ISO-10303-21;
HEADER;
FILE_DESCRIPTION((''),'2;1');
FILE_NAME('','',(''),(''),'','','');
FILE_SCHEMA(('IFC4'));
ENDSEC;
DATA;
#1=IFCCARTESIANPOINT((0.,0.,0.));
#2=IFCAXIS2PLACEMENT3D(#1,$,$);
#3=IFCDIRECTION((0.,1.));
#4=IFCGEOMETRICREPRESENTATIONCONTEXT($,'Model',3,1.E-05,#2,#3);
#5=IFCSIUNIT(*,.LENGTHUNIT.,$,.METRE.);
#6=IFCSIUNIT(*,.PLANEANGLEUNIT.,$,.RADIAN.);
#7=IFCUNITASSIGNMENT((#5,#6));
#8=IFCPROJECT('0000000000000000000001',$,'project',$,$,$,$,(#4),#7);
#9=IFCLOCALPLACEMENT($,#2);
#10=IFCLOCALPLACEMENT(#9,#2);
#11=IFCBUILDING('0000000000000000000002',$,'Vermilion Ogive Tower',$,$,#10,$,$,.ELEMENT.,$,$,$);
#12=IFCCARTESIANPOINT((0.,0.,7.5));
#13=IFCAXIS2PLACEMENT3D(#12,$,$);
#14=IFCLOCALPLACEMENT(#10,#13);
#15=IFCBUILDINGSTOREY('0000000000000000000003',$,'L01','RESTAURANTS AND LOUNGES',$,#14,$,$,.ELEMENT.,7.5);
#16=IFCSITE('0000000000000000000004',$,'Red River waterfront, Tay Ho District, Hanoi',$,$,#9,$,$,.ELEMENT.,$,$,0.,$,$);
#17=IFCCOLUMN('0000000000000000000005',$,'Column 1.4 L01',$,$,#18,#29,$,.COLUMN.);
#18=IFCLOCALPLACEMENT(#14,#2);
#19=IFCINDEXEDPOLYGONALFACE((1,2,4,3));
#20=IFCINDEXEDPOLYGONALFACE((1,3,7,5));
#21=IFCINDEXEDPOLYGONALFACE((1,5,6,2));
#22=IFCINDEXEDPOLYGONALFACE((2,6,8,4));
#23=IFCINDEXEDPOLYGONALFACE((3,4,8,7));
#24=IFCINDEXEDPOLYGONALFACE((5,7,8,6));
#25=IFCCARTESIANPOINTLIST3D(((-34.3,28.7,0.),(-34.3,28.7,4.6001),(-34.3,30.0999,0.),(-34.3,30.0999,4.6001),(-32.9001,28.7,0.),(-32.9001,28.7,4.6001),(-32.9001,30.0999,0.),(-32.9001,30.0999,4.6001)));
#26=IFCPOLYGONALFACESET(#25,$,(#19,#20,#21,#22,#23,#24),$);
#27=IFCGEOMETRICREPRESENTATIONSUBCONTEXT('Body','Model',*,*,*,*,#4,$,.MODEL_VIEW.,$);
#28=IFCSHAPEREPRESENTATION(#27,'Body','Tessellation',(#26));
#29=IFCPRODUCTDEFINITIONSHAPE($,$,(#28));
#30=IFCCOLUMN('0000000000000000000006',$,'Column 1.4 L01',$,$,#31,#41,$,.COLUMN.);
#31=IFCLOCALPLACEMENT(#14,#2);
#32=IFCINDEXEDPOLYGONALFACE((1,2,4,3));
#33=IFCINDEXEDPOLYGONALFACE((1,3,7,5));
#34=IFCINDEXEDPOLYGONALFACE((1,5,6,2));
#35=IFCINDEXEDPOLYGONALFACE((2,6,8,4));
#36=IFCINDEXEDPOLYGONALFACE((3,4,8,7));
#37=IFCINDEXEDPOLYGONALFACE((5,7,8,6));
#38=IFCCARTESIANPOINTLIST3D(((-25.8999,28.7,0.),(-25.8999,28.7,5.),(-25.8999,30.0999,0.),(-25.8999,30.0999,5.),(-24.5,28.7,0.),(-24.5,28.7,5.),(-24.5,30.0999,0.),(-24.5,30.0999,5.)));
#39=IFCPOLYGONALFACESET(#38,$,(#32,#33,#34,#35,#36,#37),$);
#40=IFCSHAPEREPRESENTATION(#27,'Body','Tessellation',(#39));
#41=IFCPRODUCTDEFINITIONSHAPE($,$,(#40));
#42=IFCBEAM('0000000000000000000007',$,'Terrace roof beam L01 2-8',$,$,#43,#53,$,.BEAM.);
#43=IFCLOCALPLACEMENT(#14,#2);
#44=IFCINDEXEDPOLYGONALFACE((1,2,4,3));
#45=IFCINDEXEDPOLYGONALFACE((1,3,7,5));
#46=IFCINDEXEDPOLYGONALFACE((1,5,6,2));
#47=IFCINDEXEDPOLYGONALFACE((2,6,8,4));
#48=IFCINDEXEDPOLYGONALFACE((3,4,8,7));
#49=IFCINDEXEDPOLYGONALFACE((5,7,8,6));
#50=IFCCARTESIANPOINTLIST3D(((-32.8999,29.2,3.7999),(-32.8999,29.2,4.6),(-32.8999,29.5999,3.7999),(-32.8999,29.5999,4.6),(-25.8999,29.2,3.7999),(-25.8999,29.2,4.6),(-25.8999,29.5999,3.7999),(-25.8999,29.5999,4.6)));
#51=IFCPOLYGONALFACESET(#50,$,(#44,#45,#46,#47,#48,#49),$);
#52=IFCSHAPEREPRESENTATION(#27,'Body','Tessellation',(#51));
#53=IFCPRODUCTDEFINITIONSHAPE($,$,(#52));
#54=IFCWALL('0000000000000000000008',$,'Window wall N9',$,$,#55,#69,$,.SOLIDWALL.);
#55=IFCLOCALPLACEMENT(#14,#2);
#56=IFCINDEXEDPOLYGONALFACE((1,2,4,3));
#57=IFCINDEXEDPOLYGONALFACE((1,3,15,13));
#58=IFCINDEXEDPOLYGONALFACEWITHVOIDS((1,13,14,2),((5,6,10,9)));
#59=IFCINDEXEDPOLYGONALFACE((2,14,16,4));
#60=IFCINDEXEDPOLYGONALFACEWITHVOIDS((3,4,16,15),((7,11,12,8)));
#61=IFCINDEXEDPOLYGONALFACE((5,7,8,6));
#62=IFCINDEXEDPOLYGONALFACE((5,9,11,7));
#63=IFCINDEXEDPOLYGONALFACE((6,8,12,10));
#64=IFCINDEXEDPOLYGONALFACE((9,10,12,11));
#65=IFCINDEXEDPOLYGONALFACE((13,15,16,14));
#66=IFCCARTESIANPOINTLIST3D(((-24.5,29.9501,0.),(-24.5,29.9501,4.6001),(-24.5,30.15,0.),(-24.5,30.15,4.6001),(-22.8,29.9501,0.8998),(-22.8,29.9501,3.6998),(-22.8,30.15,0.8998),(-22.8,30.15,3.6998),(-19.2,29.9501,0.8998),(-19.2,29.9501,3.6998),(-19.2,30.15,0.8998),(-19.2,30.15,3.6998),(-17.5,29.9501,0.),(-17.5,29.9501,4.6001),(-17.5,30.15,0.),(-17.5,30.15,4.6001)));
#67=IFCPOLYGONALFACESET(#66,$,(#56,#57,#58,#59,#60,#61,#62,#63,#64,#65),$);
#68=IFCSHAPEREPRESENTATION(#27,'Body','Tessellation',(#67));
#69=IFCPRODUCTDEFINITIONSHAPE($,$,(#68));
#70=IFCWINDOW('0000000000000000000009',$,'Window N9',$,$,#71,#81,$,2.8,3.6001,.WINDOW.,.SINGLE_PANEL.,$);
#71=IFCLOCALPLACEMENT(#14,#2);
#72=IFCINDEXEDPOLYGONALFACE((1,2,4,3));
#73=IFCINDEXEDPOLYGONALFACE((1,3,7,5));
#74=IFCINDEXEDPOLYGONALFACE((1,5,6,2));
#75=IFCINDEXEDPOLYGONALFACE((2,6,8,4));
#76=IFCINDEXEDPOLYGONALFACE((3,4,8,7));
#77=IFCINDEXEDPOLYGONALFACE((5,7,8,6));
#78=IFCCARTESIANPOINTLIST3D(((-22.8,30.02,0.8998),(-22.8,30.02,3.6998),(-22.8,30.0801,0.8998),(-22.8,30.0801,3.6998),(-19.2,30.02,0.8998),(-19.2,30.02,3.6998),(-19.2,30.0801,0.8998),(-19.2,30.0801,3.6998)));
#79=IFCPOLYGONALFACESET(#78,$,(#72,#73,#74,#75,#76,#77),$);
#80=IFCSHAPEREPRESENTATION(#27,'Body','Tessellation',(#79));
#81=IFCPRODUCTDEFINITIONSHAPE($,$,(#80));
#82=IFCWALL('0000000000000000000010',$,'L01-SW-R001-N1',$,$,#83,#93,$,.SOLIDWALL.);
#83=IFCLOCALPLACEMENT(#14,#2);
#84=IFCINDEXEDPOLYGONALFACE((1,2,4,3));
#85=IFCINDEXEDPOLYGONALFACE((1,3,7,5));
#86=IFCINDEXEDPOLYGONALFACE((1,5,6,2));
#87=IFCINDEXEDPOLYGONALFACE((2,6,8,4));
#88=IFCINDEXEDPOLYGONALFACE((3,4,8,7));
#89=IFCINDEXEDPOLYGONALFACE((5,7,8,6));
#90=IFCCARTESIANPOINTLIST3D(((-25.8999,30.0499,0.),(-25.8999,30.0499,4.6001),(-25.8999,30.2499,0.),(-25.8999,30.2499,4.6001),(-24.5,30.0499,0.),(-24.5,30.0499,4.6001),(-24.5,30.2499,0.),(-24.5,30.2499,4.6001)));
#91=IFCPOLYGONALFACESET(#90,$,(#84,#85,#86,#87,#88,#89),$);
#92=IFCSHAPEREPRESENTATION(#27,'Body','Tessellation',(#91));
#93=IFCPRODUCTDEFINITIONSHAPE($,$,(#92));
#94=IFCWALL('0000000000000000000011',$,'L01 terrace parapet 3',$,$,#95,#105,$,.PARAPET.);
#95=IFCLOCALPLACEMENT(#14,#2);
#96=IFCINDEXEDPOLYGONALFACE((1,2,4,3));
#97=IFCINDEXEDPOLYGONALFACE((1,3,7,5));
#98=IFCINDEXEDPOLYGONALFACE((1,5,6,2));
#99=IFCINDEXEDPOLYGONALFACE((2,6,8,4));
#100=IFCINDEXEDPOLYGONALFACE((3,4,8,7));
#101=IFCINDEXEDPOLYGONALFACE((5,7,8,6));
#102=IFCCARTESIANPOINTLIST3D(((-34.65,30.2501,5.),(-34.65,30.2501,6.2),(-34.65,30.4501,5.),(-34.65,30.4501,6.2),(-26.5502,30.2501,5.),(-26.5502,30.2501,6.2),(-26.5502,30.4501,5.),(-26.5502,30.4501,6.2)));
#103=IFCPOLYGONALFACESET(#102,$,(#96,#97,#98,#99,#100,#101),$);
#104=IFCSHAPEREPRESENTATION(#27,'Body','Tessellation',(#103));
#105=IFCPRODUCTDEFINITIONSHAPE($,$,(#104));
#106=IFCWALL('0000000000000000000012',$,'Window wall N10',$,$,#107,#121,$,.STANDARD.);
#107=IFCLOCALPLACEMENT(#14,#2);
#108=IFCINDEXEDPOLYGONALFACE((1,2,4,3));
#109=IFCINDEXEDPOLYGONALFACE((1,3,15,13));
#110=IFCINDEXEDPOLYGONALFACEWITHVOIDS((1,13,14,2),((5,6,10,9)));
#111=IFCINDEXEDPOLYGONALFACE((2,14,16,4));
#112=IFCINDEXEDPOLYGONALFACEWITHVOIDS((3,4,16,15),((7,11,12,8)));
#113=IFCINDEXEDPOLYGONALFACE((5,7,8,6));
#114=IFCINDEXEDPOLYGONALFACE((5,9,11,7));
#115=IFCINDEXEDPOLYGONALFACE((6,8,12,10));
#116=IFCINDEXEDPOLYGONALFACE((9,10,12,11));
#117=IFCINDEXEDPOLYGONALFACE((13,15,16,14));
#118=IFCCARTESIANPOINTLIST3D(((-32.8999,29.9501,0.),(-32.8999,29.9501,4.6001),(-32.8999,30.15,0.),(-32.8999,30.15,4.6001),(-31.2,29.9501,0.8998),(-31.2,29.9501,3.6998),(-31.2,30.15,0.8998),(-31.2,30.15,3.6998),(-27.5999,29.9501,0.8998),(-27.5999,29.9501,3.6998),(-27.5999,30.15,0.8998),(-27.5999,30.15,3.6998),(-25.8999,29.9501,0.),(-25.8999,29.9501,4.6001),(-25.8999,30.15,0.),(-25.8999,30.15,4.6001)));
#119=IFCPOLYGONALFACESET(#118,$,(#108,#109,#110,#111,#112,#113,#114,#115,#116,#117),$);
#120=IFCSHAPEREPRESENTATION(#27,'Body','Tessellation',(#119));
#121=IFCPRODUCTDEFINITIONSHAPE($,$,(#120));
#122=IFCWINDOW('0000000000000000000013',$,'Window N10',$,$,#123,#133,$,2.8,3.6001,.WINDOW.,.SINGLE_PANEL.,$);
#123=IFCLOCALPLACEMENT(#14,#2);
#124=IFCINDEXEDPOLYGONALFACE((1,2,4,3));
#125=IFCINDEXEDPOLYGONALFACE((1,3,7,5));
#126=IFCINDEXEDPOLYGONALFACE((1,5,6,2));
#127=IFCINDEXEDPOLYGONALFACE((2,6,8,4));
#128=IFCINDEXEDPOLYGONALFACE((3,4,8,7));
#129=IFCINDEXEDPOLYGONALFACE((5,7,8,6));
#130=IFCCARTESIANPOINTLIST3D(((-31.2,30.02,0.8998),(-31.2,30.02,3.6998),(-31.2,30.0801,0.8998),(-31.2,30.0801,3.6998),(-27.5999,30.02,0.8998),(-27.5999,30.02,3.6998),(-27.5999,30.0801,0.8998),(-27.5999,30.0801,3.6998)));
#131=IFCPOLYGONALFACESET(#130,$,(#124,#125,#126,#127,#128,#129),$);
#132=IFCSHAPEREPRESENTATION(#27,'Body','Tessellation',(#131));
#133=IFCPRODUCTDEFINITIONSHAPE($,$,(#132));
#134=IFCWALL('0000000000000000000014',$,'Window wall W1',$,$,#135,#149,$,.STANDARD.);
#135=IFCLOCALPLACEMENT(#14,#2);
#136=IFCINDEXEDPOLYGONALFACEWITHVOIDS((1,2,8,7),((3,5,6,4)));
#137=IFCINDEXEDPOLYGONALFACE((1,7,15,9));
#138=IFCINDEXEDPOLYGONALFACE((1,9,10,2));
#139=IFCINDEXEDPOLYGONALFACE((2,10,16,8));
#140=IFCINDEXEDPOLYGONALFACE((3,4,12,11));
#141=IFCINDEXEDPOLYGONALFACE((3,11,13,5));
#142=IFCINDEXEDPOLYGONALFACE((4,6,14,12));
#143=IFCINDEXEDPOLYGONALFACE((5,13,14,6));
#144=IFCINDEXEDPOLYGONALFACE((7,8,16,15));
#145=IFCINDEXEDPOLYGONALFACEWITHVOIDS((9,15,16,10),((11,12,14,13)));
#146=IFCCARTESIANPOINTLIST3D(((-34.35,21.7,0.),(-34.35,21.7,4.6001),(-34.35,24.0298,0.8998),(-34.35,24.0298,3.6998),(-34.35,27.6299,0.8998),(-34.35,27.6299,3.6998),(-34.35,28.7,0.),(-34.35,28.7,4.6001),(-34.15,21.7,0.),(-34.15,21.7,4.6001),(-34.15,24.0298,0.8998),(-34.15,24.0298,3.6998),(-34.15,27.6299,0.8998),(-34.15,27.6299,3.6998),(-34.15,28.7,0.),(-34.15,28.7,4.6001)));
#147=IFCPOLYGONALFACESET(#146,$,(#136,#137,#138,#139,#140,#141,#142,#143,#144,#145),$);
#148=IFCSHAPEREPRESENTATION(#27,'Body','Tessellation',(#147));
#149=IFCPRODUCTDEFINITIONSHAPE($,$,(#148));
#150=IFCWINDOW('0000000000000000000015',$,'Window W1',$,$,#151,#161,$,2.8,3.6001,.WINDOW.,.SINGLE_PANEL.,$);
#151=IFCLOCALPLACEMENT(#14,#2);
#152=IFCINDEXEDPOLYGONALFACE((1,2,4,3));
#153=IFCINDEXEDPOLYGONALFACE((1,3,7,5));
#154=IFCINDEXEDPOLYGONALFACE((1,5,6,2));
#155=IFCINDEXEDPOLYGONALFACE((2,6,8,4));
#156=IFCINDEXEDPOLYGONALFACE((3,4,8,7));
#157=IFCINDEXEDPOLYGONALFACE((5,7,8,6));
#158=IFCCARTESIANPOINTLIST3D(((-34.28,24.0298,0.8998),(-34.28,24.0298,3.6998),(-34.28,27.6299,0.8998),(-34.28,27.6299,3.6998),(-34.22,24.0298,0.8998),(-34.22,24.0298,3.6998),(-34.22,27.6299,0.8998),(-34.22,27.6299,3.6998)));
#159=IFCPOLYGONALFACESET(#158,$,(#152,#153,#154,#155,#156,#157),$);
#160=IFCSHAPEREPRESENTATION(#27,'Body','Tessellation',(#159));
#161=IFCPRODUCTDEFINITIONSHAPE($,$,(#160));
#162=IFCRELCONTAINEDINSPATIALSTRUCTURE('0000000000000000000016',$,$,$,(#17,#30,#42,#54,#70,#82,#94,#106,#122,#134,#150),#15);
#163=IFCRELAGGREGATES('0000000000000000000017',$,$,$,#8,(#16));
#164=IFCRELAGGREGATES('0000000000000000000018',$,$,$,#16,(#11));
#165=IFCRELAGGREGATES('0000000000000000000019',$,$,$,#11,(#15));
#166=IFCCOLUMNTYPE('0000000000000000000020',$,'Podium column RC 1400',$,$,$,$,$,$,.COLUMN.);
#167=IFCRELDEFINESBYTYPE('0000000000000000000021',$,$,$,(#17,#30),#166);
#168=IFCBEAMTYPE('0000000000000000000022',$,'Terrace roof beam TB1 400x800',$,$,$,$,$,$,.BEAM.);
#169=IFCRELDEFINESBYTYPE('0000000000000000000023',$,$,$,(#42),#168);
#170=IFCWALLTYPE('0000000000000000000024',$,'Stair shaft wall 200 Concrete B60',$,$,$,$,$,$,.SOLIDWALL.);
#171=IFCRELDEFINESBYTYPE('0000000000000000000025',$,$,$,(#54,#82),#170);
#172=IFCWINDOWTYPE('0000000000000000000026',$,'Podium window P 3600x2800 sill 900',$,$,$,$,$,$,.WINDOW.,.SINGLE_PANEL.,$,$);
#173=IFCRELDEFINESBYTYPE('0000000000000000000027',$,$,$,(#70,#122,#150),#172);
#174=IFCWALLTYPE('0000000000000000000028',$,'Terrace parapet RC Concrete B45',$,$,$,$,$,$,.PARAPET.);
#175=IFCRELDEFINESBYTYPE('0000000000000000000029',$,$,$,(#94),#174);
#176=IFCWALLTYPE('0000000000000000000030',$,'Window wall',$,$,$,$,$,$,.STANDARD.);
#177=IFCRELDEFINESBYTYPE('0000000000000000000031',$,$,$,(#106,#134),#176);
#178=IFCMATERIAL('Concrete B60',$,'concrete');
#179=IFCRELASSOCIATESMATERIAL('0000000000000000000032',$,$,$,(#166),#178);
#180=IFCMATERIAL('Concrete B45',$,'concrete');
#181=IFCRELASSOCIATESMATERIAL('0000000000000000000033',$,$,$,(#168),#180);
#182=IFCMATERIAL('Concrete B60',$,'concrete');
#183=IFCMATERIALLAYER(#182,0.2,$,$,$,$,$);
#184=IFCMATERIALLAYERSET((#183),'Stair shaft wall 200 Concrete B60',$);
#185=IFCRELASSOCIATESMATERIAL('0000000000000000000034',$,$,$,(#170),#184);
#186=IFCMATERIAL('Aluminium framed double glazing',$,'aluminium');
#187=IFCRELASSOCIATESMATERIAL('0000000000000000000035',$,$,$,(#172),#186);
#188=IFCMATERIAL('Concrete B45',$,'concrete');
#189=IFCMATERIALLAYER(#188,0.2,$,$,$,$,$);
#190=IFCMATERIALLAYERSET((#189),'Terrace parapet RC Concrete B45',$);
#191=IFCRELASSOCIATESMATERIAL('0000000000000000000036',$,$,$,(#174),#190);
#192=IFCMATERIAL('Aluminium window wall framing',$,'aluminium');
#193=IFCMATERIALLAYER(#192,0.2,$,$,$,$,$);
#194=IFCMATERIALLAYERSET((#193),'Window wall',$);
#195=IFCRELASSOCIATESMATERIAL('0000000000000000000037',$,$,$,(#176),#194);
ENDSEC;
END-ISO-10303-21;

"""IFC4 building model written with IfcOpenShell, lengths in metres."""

from ifc_helpers import new_model, si_unit, direction, frame, frame_2d, origin, origin_2d, place, context, subcontext, project, spatial, rectangle, extrude, material, layer, layer_set, material_profile, profile_set, type_object, element, fill, save


model = new_model("IFC4")

# Units and contexts
model_context = context("Model", 3, precision=1e-05, world=origin(), true_north=direction((0.0, 1.0)))
body_context = subcontext(model_context, "Body", "Model", "MODEL_VIEW")
ifc_project = project(units=[si_unit("LENGTHUNIT", "METRE"), si_unit("PLANEANGLEUNIT", "RADIAN")], contexts=[model_context])

# Site, building, storey
site_placement = place(None, origin())
site = spatial("IfcSite", under=ifc_project, at=site_placement, Name="Red River waterfront, Tay Ho District, Hanoi", CompositionType="ELEMENT", RefElevation=0.0)
building_placement = place(site_placement, origin())
building = spatial("IfcBuilding", under=site, at=building_placement, Name="Vermilion Ogive Tower", CompositionType="ELEMENT")
storey_placement = place(building_placement, frame((0.0, 0.0, 7.5)))
storey = spatial("IfcBuildingStorey", under=building, at=storey_placement, Name="L01", Description="RESTAURANTS AND LOUNGES", CompositionType="ELEMENT", Elevation=7.5)

# Columns
ifc_material_1 = material(Name="Concrete B60", Category="concrete")
ifc_material_profile_1 = material_profile(ifc_material_1, rectangle(XDim=1.3999, YDim=1.3999, at=origin_2d()), Name="RC 1400x1400")
ifc_profile_set_1 = profile_set([ifc_material_profile_1], Name="Concrete B60")
column_type = type_object("IfcColumnType", Name="Podium column RC 1400", PredefinedType="COLUMN", material=ifc_profile_set_1)
column_1_placement = place(storey_placement, frame((-33.6001, 29.3999, 0.0), z_axis=(0.0, 0.0, 1.0), x_axis=(1.0, 0.0, 0.0)))
element("IfcColumn", 1, at=column_1_placement, inside=storey, type_object=column_type, Name="Column 1.4 L01", PredefinedType="COLUMN", context=body_context, shape_type="SweptSolid", body=[
    extrude(rectangle(XDim=1.3999, YDim=1.3999, at=origin_2d()), origin(), (0.0, 0.0, 1.0), 4.6001),
])
column_2_placement = place(storey_placement, frame((-25.2, 29.3999, 0.0), z_axis=(0.0, 0.0, 1.0), x_axis=(1.0, 0.0, 0.0)))
element("IfcColumn", 2, at=column_2_placement, inside=storey, type_object=column_type, Name="Column 1.4 L01", PredefinedType="COLUMN", context=body_context, shape_type="SweptSolid", body=[
    extrude(rectangle(XDim=1.3999, YDim=1.3999, at=origin_2d()), origin(), (0.0, 0.0, 1.0), 5.0),
])

# Beam
ifc_material_2 = material(Name="Concrete B45", Category="concrete")
ifc_material_profile_2 = material_profile(ifc_material_2, rectangle(XDim=0.3999, YDim=0.8, at=origin_2d()), Name="RC 400x800")
ifc_profile_set_2 = profile_set([ifc_material_profile_2], Name="Concrete B45")
beam_type = type_object("IfcBeamType", Name="Terrace roof beam TB1 400x800", PredefinedType="BEAM", material=ifc_profile_set_2)
beam_placement = place(storey_placement, frame((-32.8999, 29.3999, 4.2), z_axis=(1.0, 0.0, 0.0), x_axis=(0.0, 1.0, 0.0)))
element("IfcBeam", 3, at=beam_placement, inside=storey, type_object=beam_type, Name="Terrace roof beam L01 2-8", PredefinedType="BEAM", context=body_context, shape_type="SweptSolid", body=[
    extrude(rectangle(XDim=0.3999, YDim=0.8, at=origin_2d()), origin(), (0.0, 0.0, 1.0), 7.0),
])

# Wall, opening, window
ifc_material_3 = material(Name="Concrete B60", Category="concrete")
ifc_layer_1 = layer(ifc_material_3, 0.2)
ifc_layer_set_1 = layer_set([ifc_layer_1], Name="Stair shaft wall 200 Concrete B60")
wall_type_1 = type_object("IfcWallType", Name="Stair shaft wall 200 Concrete B60", PredefinedType="SOLIDWALL", material=ifc_layer_set_1)
wall_1_placement = place(storey_placement, frame((-24.5, 30.05, 0.0), z_axis=(0.0, 0.0, 1.0), x_axis=(1.0, 0.0, 0.0)))
wall_1 = element("IfcWall", 4, at=wall_1_placement, inside=storey, type_object=wall_type_1, Name="Window wall N9", PredefinedType="SOLIDWALL", context=body_context, shape_type="SweptSolid", body=[
    extrude(rectangle(XDim=7.0, YDim=0.2, at=frame_2d((3.5, 0.0))), origin(), (0.0, 0.0, 1.0), 4.6001),
])
opening_1_placement = place(wall_1_placement, frame((1.7, 0.0, 0.8999)))
opening_1 = element("IfcOpeningElement", 5, at=opening_1_placement, cuts=wall_1, PredefinedType="OPENING", context=body_context, shape_type="SweptSolid", body=[
    extrude(rectangle(XDim=3.6001, YDim=2.8, at=frame_2d((1.8, 1.3999))), frame((0.0, 0.1099, 0.0), z_axis=(0.0, -1.0, 0.0), x_axis=(1.0, 0.0, 0.0)), (0.0, 0.0, 1.0), 0.22),
])
ifc_material_4 = material(Name="Aluminium framed double glazing", Category="aluminium")
window_type = type_object("IfcWindowType", Name="Podium window P 3600x2800 sill 900", PartitioningType="SINGLE_PANEL", PredefinedType="WINDOW", material=ifc_material_4)
window_1_placement = place(opening_1_placement, origin())
window_1 = element("IfcWindow", 6, at=window_1_placement, inside=storey, type_object=window_type, Name="Window N9", OverallHeight=2.8, OverallWidth=3.6001, PartitioningType="SINGLE_PANEL", PredefinedType="WINDOW", context=body_context, shape_type="SweptSolid", body=[
    extrude(rectangle(XDim=3.6001, YDim=2.8, at=frame_2d((1.8, 1.3999))), frame((0.0, 0.03, 0.0), z_axis=(0.0, -1.0, 0.0), x_axis=(1.0, 0.0, 0.0)), (0.0, 0.0, 1.0), 0.0601),
])
fill(opening_1, window_1)

# Walls
wall_2_placement = place(storey_placement, frame((-25.8999, 30.1499, 0.0), z_axis=(0.0, 0.0, 1.0), x_axis=(1.0, 0.0, 0.0)))
element("IfcWall", 7, at=wall_2_placement, inside=storey, type_object=wall_type_1, Name="L01-SW-R001-N1", PredefinedType="SOLIDWALL", context=body_context, shape_type="SweptSolid", body=[
    extrude(rectangle(XDim=1.3999, YDim=0.2, at=frame_2d((0.7, 0.0))), origin(), (0.0, 0.0, 1.0), 4.6001),
])
ifc_material_5 = material(Name="Concrete B45", Category="concrete")
ifc_layer_2 = layer(ifc_material_5, 0.2)
ifc_layer_set_2 = layer_set([ifc_layer_2], Name="Terrace parapet RC Concrete B45")
wall_type_2 = type_object("IfcWallType", Name="Terrace parapet RC Concrete B45", PredefinedType="PARAPET", material=ifc_layer_set_2)
wall_3_placement = place(storey_placement, frame((-34.6499, 30.3501, 5.0), z_axis=(0.0, 0.0, 1.0), x_axis=(1.0, 0.0, 0.0)))
element("IfcWall", 8, at=wall_3_placement, inside=storey, type_object=wall_type_2, Name="L01 terrace parapet 3", PredefinedType="PARAPET", context=body_context, shape_type="SweptSolid", body=[
    extrude(rectangle(XDim=8.0999, YDim=0.2, at=frame_2d((4.0498, 0.0))), origin(), (0.0, 0.0, 1.0), 1.2),
])

# Walls, openings, windows
ifc_material_6 = material(Name="Aluminium window wall framing", Category="aluminium")
ifc_layer_3 = layer(ifc_material_6, 0.2)
ifc_layer_set_3 = layer_set([ifc_layer_3], Name="Window wall")
wall_type_3 = type_object("IfcWallType", Name="Window wall", PredefinedType="STANDARD", material=ifc_layer_set_3)
wall_4_placement = place(storey_placement, frame((-25.8999, 30.05, 0.0), z_axis=(0.0, 0.0, 1.0), x_axis=(-1.0, 0.0, 0.0)))
wall_4 = element("IfcWall", 9, at=wall_4_placement, inside=storey, type_object=wall_type_3, Name="Window wall N10", PredefinedType="STANDARD", context=body_context, shape_type="SweptSolid", body=[
    extrude(rectangle(XDim=7.0, YDim=0.2, at=frame_2d((3.5, 0.0))), origin(), (0.0, 0.0, 1.0), 4.6001),
])
opening_2_placement = place(wall_4_placement, frame((1.7, 0.0, 0.8999)))
opening_2 = element("IfcOpeningElement", 10, at=opening_2_placement, cuts=wall_4, PredefinedType="OPENING", context=body_context, shape_type="SweptSolid", body=[
    extrude(rectangle(XDim=3.6001, YDim=2.8, at=frame_2d((1.8, 1.3999))), frame((0.0, 0.1099, 0.0), z_axis=(0.0, -1.0, 0.0), x_axis=(1.0, 0.0, 0.0)), (0.0, 0.0, 1.0), 0.22),
])
window_2_placement = place(opening_2_placement, origin())
window_2 = element("IfcWindow", 11, at=window_2_placement, inside=storey, type_object=window_type, Name="Window N10", OverallHeight=2.8, OverallWidth=3.6001, PartitioningType="SINGLE_PANEL", PredefinedType="WINDOW", context=body_context, shape_type="SweptSolid", body=[
    extrude(rectangle(XDim=3.6001, YDim=2.8, at=frame_2d((1.8, 1.3999))), frame((0.0, 0.03, 0.0), z_axis=(0.0, -1.0, 0.0), x_axis=(1.0, 0.0, 0.0)), (0.0, 0.0, 1.0), 0.0601),
])
fill(opening_2, window_2)
wall_5_placement = place(storey_placement, frame((-34.25, 28.7, 0.0), z_axis=(0.0, 0.0, 1.0), x_axis=(0.0, -1.0, 0.0)))
wall_5 = element("IfcWall", 12, at=wall_5_placement, inside=storey, type_object=wall_type_3, Name="Window wall W1", PredefinedType="STANDARD", context=body_context, shape_type="SweptSolid", body=[
    extrude(rectangle(XDim=7.0, YDim=0.2, at=frame_2d((3.5, 0.0))), origin(), (0.0, 0.0, 1.0), 4.6001),
])
opening_3_placement = place(wall_5_placement, frame((1.0701, 0.0, 0.8999)))
opening_3 = element("IfcOpeningElement", 13, at=opening_3_placement, cuts=wall_5, PredefinedType="OPENING", context=body_context, shape_type="SweptSolid", body=[
    extrude(rectangle(XDim=3.6001, YDim=2.8, at=frame_2d((1.8, 1.3999))), frame((0.0, 0.1099, 0.0), z_axis=(0.0, -1.0, 0.0), x_axis=(1.0, 0.0, 0.0)), (0.0, 0.0, 1.0), 0.22),
])
window_3_placement = place(opening_3_placement, origin())
window_3 = element("IfcWindow", 14, at=window_3_placement, inside=storey, type_object=window_type, Name="Window W1", OverallHeight=2.8, OverallWidth=3.6001, PartitioningType="SINGLE_PANEL", PredefinedType="WINDOW", context=body_context, shape_type="SweptSolid", body=[
    extrude(rectangle(XDim=3.6001, YDim=2.8, at=frame_2d((1.8, 1.3999))), frame((0.0, 0.03, 0.0), z_axis=(0.0, -1.0, 0.0), x_axis=(1.0, 0.0, 0.0)), (0.0, 0.0, 1.0), 0.0601),
])
fill(opening_3, window_3)

save(model, "model.ifc")
